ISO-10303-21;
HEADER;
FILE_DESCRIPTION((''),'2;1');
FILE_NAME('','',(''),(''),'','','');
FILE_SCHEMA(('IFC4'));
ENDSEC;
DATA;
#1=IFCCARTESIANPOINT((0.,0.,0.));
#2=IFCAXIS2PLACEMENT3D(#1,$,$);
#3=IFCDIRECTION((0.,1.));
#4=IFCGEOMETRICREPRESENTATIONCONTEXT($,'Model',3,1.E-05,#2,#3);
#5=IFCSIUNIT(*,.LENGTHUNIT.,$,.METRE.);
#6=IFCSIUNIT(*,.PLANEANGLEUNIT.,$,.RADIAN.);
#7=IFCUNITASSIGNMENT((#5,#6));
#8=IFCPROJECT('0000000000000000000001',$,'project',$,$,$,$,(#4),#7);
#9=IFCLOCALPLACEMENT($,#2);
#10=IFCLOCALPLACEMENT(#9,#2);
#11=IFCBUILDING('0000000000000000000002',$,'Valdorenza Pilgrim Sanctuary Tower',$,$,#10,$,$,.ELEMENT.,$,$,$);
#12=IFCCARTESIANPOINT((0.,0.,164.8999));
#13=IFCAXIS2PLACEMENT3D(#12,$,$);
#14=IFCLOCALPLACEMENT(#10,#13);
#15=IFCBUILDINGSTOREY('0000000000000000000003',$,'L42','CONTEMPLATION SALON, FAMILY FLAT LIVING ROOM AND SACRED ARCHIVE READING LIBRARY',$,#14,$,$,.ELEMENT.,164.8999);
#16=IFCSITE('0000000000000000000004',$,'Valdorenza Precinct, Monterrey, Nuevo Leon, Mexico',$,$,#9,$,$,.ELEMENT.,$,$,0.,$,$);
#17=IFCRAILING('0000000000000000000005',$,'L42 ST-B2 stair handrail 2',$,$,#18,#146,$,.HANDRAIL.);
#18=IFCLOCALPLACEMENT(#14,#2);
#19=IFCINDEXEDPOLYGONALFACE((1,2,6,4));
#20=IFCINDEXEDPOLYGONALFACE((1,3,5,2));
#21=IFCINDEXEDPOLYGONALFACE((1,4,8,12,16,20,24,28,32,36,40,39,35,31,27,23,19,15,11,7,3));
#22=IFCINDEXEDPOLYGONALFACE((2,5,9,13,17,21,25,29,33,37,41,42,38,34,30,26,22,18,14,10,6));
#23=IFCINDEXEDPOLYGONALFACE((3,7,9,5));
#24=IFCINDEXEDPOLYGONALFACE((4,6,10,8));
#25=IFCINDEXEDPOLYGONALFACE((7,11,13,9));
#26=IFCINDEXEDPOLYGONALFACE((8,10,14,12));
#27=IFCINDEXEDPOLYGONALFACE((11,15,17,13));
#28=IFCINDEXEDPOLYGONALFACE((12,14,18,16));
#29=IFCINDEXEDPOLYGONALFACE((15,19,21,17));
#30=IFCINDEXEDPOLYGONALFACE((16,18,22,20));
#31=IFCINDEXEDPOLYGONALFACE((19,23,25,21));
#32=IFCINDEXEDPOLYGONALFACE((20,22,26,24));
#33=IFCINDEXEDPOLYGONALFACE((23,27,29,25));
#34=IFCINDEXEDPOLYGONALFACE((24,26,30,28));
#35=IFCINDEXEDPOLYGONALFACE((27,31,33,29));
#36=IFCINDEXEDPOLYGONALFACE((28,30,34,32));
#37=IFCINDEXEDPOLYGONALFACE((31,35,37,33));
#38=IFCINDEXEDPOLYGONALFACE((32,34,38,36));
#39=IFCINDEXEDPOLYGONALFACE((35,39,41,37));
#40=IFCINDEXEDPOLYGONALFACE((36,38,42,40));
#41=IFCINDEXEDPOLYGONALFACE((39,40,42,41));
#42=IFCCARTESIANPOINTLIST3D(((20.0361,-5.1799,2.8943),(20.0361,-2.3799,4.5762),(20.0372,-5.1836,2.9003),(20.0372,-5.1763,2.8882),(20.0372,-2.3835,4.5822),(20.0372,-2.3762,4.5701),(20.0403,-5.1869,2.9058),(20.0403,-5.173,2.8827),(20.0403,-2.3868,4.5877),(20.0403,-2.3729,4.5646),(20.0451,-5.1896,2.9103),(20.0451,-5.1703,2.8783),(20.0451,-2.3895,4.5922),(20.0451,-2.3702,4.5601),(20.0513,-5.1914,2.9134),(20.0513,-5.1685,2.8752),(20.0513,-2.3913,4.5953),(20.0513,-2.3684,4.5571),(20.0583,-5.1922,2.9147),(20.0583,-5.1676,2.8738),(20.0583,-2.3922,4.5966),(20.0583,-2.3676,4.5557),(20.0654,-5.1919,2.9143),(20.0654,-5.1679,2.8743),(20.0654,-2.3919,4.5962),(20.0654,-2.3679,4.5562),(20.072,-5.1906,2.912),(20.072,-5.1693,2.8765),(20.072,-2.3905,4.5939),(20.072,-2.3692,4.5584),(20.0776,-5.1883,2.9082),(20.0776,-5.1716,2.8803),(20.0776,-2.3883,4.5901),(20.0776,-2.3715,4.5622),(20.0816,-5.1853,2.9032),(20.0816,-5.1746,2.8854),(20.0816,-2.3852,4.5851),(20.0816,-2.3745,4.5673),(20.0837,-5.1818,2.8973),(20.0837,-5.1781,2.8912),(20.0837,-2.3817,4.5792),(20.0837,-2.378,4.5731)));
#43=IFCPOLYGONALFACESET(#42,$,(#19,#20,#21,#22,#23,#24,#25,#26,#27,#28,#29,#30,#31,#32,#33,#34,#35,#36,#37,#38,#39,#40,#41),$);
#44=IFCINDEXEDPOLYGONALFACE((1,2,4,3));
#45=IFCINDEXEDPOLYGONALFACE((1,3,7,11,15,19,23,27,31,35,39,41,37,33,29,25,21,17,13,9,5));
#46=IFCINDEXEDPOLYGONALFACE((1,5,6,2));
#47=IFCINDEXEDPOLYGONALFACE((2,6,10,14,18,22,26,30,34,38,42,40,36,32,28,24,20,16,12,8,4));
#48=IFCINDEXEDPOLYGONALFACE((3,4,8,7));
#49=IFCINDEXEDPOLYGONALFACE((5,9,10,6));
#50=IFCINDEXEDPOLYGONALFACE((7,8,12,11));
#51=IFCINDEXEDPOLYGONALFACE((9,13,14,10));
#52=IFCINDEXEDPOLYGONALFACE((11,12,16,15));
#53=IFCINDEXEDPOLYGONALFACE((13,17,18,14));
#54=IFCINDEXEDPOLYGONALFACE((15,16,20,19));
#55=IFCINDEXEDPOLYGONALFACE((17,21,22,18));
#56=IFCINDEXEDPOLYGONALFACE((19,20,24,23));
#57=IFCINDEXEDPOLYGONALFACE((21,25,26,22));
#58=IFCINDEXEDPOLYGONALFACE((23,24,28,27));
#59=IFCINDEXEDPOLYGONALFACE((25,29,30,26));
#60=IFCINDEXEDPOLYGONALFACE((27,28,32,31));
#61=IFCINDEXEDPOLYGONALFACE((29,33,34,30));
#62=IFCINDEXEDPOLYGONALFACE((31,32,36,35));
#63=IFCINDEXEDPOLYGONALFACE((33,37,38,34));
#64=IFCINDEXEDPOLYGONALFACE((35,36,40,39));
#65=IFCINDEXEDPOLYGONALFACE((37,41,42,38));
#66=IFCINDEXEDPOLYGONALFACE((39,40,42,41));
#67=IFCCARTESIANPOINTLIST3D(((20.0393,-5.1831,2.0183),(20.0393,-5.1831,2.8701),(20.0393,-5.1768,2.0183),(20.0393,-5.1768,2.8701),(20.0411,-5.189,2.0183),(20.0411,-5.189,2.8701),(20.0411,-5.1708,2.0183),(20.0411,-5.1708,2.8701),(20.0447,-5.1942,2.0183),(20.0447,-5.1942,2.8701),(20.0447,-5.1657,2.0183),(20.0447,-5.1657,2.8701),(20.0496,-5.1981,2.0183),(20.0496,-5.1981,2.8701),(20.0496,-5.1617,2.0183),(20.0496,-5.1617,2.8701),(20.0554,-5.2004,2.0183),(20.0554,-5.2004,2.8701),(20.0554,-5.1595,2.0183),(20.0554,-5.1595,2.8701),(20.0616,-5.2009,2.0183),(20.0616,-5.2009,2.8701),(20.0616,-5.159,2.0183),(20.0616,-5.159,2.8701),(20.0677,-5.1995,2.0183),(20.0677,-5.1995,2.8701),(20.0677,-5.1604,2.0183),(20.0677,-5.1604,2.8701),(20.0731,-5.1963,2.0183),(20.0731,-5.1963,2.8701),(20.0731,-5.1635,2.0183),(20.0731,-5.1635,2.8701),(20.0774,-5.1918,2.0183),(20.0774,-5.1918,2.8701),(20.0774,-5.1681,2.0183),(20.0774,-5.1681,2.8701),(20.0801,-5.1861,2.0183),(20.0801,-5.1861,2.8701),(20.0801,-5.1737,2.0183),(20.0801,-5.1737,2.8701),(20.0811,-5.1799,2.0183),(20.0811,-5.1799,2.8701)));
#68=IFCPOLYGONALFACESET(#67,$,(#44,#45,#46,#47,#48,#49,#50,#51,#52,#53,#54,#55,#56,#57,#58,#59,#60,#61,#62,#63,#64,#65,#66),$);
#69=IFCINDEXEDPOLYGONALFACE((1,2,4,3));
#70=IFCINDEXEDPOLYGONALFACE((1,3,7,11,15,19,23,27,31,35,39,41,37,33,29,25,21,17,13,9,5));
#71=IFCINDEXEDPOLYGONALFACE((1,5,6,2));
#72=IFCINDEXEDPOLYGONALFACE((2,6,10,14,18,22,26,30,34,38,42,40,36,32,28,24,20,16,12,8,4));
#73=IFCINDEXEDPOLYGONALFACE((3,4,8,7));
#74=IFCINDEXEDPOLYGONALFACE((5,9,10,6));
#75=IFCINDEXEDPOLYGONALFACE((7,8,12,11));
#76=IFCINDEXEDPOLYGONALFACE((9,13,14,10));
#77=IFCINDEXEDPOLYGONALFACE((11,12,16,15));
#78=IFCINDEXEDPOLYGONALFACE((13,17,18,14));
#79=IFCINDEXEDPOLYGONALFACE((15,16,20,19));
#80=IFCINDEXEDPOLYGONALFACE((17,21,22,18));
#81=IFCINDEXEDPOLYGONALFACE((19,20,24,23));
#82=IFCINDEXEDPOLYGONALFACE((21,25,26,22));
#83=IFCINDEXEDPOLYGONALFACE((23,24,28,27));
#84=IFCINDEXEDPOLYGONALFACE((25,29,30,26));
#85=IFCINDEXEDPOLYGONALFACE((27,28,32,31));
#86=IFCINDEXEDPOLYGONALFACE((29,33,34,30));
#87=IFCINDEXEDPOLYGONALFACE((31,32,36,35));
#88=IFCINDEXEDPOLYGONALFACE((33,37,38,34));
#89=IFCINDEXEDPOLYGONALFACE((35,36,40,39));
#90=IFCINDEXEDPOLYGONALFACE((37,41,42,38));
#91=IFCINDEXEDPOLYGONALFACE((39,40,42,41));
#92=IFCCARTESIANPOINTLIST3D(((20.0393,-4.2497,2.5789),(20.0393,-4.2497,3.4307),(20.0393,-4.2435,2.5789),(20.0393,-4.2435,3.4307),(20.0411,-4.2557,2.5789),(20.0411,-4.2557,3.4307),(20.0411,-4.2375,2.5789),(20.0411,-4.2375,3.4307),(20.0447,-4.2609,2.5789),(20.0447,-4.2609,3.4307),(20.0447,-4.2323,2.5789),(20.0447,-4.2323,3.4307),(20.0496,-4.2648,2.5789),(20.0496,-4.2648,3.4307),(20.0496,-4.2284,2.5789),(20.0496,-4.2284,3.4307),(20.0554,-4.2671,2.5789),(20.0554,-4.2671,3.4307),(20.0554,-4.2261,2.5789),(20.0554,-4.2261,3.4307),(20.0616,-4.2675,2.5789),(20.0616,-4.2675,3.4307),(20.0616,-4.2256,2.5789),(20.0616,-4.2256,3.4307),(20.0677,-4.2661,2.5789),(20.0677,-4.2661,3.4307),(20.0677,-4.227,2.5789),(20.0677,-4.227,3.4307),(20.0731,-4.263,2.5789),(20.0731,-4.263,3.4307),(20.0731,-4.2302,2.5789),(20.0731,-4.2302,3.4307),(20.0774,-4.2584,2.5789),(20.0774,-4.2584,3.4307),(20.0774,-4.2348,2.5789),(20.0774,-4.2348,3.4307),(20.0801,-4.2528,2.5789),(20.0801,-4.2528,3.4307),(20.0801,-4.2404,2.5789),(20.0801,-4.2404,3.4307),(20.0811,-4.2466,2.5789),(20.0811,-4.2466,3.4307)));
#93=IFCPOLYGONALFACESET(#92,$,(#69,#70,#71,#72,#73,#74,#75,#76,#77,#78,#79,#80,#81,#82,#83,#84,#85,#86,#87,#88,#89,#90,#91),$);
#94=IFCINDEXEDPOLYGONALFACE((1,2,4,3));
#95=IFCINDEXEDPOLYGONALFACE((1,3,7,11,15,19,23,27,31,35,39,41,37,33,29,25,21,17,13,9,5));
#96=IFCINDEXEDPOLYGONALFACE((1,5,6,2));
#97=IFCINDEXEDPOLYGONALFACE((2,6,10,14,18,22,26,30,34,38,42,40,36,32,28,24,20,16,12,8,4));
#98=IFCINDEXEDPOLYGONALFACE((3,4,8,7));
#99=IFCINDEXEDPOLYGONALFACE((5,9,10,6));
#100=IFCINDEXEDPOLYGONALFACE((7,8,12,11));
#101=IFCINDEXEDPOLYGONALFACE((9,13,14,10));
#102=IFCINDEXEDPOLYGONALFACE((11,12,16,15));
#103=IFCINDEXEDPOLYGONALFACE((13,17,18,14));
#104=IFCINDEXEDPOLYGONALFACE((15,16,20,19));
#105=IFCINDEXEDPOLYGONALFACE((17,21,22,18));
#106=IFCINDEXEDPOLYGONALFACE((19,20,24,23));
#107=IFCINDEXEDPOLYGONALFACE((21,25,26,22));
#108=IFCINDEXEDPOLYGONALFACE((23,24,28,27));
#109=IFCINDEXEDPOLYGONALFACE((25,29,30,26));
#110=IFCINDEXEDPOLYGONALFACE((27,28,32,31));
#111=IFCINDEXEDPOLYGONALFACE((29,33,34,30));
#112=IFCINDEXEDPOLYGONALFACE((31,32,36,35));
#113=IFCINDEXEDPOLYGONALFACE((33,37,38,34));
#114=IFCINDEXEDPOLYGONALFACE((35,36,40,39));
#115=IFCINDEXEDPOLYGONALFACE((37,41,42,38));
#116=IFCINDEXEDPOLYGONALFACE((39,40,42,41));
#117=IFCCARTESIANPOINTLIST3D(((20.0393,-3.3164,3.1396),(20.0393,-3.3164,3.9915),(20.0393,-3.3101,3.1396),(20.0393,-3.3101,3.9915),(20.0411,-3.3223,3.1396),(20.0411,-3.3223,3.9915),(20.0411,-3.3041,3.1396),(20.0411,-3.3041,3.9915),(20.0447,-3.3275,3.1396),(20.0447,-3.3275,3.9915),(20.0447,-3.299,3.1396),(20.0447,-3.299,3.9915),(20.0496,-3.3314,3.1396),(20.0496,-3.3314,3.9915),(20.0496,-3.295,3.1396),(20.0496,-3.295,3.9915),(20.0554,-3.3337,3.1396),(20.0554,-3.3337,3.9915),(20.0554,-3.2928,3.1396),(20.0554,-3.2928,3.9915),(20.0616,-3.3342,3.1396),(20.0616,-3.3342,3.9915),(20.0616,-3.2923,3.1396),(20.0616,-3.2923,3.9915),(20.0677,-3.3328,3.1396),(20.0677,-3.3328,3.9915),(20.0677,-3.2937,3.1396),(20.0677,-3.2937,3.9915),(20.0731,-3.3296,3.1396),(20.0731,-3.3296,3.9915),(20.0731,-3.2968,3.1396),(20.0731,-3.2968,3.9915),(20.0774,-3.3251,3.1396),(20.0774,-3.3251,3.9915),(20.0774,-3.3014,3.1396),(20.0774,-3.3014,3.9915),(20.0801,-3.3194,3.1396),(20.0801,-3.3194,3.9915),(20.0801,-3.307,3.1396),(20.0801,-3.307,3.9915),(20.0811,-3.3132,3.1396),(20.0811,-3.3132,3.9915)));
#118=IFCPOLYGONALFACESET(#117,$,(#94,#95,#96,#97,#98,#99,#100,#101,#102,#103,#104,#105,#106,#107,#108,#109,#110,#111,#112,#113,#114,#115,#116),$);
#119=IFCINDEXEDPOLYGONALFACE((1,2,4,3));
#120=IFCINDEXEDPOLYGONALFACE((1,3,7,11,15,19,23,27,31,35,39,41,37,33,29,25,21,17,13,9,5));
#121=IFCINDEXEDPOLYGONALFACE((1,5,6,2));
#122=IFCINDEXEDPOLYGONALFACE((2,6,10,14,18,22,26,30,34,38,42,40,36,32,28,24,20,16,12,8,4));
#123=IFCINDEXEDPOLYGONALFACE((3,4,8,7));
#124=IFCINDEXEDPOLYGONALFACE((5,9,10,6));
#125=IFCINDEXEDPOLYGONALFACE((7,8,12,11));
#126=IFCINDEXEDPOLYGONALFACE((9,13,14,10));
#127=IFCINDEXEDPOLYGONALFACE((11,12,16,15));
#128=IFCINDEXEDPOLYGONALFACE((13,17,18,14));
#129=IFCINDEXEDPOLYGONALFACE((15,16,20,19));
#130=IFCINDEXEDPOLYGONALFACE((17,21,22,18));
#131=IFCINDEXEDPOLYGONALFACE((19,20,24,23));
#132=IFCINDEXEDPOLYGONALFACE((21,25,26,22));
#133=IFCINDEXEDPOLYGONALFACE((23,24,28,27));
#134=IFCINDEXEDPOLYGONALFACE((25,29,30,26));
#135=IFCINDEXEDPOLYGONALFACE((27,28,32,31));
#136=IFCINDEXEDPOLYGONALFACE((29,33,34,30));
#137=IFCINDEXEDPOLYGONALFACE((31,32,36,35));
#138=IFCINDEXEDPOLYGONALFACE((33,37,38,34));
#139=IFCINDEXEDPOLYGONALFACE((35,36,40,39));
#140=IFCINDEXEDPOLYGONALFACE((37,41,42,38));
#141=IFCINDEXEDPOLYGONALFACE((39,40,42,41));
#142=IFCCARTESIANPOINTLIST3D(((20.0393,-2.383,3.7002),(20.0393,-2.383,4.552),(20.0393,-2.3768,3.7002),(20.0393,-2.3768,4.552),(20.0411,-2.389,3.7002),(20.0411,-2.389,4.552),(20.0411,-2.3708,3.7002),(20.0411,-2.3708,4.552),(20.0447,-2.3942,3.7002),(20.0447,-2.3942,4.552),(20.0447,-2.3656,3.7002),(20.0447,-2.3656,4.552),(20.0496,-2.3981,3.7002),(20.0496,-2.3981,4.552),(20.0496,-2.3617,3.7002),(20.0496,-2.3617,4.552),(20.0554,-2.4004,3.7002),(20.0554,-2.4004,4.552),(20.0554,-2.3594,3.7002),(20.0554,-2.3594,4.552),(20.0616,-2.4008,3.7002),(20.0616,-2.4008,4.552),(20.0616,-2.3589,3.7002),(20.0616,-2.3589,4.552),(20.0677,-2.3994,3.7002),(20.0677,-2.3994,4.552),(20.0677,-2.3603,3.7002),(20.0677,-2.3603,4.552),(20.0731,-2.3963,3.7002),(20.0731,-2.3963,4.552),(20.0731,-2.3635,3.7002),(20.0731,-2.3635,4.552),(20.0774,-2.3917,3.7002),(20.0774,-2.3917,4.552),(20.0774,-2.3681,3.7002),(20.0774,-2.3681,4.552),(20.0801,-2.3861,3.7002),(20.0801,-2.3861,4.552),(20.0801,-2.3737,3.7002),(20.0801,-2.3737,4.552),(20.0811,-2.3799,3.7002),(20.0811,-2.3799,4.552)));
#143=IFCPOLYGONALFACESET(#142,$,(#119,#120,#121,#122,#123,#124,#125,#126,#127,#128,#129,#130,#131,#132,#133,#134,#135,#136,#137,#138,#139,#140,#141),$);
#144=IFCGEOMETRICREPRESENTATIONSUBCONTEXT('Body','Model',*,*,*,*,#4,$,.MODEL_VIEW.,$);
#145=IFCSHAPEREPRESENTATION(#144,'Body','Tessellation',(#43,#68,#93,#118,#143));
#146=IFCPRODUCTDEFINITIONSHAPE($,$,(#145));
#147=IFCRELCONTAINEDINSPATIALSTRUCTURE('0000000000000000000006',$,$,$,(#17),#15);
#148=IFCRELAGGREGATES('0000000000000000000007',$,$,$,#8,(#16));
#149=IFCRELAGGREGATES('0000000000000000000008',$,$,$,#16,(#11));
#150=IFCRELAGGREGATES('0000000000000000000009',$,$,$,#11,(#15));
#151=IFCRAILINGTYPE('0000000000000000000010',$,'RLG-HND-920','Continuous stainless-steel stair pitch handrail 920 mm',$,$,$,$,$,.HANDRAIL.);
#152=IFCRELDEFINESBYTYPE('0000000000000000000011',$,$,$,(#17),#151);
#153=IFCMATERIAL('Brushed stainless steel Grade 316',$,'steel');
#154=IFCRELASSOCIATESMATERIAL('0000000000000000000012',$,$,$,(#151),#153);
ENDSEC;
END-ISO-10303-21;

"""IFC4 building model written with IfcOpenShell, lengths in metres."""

from ifc_helpers import new_model, si_unit, direction, frame, origin, origin_2d, place, context, subcontext, project, spatial, circle, extrude, material, type_object, element, save


model = new_model("IFC4")

# Units and contexts
model_context = context("Model", 3, precision=1e-05, world=origin(), true_north=direction((0.0, 1.0)))
body_context = subcontext(model_context, "Body", "Model", "MODEL_VIEW")
ifc_project = project(units=[si_unit("LENGTHUNIT", "METRE"), si_unit("PLANEANGLEUNIT", "RADIAN")], contexts=[model_context])

# Site, building, storey
site_placement = place(None, origin())
site = spatial("IfcSite", under=ifc_project, at=site_placement, Name="Valdorenza Precinct, Monterrey, Nuevo Leon, Mexico", CompositionType="ELEMENT", RefElevation=0.0)
building_placement = place(site_placement, origin())
building = spatial("IfcBuilding", under=site, at=building_placement, Name="Valdorenza Pilgrim Sanctuary Tower", CompositionType="ELEMENT")
storey_placement = place(building_placement, frame((0.0, 0.0, 164.8999)))
storey = spatial("IfcBuildingStorey", under=building, at=storey_placement, Name="L42", Description="CONTEMPLATION SALON, FAMILY FLAT LIVING ROOM AND SACRED ARCHIVE READING LIBRARY", CompositionType="ELEMENT", Elevation=164.8999)

# Railing
ifc_material_1 = material(Name="Brushed stainless steel Grade 316", Category="steel")
railing_type_1 = type_object("IfcRailingType", Name="RLG-HND-920", Description="Continuous stainless-steel stair pitch handrail 920 mm", PredefinedType="HANDRAIL", material=ifc_material_1)
railing_1_placement = place(storey_placement, frame((20.0601, -5.1799, 2.0183)))
element("IfcRailing", 1, at=railing_1_placement, inside=storey, type_object=railing_type_1, Name="L42 ST-B2 stair handrail 2", PredefinedType="HANDRAIL", context=body_context, shape_type="SweptSolid", body=[
    extrude(circle(Radius=0.0239, at=origin_2d()), frame((0.0, 0.0, 0.876), z_axis=(0.0, 0.857242, 0.514913), x_axis=(-1.0, 0.0, 0.0)), (0.0, 0.0, 1.0), 3.2664),
    extrude(circle(Radius=0.021, at=origin_2d()), origin(), (0.0, 0.0, 1.0), 0.8518),
    extrude(circle(Radius=0.021, at=origin_2d()), frame((0.0, 0.9333, 0.5605)), (0.0, 0.0, 1.0), 0.8518),
    extrude(circle(Radius=0.021, at=origin_2d()), frame((0.0, 1.8667, 1.1213)), (0.0, 0.0, 1.0), 0.8518),
    extrude(circle(Radius=0.021, at=origin_2d()), frame((0.0, 2.8, 1.6819)), (0.0, 0.0, 1.0), 0.8518),
])

save(model, "model.ifc")
